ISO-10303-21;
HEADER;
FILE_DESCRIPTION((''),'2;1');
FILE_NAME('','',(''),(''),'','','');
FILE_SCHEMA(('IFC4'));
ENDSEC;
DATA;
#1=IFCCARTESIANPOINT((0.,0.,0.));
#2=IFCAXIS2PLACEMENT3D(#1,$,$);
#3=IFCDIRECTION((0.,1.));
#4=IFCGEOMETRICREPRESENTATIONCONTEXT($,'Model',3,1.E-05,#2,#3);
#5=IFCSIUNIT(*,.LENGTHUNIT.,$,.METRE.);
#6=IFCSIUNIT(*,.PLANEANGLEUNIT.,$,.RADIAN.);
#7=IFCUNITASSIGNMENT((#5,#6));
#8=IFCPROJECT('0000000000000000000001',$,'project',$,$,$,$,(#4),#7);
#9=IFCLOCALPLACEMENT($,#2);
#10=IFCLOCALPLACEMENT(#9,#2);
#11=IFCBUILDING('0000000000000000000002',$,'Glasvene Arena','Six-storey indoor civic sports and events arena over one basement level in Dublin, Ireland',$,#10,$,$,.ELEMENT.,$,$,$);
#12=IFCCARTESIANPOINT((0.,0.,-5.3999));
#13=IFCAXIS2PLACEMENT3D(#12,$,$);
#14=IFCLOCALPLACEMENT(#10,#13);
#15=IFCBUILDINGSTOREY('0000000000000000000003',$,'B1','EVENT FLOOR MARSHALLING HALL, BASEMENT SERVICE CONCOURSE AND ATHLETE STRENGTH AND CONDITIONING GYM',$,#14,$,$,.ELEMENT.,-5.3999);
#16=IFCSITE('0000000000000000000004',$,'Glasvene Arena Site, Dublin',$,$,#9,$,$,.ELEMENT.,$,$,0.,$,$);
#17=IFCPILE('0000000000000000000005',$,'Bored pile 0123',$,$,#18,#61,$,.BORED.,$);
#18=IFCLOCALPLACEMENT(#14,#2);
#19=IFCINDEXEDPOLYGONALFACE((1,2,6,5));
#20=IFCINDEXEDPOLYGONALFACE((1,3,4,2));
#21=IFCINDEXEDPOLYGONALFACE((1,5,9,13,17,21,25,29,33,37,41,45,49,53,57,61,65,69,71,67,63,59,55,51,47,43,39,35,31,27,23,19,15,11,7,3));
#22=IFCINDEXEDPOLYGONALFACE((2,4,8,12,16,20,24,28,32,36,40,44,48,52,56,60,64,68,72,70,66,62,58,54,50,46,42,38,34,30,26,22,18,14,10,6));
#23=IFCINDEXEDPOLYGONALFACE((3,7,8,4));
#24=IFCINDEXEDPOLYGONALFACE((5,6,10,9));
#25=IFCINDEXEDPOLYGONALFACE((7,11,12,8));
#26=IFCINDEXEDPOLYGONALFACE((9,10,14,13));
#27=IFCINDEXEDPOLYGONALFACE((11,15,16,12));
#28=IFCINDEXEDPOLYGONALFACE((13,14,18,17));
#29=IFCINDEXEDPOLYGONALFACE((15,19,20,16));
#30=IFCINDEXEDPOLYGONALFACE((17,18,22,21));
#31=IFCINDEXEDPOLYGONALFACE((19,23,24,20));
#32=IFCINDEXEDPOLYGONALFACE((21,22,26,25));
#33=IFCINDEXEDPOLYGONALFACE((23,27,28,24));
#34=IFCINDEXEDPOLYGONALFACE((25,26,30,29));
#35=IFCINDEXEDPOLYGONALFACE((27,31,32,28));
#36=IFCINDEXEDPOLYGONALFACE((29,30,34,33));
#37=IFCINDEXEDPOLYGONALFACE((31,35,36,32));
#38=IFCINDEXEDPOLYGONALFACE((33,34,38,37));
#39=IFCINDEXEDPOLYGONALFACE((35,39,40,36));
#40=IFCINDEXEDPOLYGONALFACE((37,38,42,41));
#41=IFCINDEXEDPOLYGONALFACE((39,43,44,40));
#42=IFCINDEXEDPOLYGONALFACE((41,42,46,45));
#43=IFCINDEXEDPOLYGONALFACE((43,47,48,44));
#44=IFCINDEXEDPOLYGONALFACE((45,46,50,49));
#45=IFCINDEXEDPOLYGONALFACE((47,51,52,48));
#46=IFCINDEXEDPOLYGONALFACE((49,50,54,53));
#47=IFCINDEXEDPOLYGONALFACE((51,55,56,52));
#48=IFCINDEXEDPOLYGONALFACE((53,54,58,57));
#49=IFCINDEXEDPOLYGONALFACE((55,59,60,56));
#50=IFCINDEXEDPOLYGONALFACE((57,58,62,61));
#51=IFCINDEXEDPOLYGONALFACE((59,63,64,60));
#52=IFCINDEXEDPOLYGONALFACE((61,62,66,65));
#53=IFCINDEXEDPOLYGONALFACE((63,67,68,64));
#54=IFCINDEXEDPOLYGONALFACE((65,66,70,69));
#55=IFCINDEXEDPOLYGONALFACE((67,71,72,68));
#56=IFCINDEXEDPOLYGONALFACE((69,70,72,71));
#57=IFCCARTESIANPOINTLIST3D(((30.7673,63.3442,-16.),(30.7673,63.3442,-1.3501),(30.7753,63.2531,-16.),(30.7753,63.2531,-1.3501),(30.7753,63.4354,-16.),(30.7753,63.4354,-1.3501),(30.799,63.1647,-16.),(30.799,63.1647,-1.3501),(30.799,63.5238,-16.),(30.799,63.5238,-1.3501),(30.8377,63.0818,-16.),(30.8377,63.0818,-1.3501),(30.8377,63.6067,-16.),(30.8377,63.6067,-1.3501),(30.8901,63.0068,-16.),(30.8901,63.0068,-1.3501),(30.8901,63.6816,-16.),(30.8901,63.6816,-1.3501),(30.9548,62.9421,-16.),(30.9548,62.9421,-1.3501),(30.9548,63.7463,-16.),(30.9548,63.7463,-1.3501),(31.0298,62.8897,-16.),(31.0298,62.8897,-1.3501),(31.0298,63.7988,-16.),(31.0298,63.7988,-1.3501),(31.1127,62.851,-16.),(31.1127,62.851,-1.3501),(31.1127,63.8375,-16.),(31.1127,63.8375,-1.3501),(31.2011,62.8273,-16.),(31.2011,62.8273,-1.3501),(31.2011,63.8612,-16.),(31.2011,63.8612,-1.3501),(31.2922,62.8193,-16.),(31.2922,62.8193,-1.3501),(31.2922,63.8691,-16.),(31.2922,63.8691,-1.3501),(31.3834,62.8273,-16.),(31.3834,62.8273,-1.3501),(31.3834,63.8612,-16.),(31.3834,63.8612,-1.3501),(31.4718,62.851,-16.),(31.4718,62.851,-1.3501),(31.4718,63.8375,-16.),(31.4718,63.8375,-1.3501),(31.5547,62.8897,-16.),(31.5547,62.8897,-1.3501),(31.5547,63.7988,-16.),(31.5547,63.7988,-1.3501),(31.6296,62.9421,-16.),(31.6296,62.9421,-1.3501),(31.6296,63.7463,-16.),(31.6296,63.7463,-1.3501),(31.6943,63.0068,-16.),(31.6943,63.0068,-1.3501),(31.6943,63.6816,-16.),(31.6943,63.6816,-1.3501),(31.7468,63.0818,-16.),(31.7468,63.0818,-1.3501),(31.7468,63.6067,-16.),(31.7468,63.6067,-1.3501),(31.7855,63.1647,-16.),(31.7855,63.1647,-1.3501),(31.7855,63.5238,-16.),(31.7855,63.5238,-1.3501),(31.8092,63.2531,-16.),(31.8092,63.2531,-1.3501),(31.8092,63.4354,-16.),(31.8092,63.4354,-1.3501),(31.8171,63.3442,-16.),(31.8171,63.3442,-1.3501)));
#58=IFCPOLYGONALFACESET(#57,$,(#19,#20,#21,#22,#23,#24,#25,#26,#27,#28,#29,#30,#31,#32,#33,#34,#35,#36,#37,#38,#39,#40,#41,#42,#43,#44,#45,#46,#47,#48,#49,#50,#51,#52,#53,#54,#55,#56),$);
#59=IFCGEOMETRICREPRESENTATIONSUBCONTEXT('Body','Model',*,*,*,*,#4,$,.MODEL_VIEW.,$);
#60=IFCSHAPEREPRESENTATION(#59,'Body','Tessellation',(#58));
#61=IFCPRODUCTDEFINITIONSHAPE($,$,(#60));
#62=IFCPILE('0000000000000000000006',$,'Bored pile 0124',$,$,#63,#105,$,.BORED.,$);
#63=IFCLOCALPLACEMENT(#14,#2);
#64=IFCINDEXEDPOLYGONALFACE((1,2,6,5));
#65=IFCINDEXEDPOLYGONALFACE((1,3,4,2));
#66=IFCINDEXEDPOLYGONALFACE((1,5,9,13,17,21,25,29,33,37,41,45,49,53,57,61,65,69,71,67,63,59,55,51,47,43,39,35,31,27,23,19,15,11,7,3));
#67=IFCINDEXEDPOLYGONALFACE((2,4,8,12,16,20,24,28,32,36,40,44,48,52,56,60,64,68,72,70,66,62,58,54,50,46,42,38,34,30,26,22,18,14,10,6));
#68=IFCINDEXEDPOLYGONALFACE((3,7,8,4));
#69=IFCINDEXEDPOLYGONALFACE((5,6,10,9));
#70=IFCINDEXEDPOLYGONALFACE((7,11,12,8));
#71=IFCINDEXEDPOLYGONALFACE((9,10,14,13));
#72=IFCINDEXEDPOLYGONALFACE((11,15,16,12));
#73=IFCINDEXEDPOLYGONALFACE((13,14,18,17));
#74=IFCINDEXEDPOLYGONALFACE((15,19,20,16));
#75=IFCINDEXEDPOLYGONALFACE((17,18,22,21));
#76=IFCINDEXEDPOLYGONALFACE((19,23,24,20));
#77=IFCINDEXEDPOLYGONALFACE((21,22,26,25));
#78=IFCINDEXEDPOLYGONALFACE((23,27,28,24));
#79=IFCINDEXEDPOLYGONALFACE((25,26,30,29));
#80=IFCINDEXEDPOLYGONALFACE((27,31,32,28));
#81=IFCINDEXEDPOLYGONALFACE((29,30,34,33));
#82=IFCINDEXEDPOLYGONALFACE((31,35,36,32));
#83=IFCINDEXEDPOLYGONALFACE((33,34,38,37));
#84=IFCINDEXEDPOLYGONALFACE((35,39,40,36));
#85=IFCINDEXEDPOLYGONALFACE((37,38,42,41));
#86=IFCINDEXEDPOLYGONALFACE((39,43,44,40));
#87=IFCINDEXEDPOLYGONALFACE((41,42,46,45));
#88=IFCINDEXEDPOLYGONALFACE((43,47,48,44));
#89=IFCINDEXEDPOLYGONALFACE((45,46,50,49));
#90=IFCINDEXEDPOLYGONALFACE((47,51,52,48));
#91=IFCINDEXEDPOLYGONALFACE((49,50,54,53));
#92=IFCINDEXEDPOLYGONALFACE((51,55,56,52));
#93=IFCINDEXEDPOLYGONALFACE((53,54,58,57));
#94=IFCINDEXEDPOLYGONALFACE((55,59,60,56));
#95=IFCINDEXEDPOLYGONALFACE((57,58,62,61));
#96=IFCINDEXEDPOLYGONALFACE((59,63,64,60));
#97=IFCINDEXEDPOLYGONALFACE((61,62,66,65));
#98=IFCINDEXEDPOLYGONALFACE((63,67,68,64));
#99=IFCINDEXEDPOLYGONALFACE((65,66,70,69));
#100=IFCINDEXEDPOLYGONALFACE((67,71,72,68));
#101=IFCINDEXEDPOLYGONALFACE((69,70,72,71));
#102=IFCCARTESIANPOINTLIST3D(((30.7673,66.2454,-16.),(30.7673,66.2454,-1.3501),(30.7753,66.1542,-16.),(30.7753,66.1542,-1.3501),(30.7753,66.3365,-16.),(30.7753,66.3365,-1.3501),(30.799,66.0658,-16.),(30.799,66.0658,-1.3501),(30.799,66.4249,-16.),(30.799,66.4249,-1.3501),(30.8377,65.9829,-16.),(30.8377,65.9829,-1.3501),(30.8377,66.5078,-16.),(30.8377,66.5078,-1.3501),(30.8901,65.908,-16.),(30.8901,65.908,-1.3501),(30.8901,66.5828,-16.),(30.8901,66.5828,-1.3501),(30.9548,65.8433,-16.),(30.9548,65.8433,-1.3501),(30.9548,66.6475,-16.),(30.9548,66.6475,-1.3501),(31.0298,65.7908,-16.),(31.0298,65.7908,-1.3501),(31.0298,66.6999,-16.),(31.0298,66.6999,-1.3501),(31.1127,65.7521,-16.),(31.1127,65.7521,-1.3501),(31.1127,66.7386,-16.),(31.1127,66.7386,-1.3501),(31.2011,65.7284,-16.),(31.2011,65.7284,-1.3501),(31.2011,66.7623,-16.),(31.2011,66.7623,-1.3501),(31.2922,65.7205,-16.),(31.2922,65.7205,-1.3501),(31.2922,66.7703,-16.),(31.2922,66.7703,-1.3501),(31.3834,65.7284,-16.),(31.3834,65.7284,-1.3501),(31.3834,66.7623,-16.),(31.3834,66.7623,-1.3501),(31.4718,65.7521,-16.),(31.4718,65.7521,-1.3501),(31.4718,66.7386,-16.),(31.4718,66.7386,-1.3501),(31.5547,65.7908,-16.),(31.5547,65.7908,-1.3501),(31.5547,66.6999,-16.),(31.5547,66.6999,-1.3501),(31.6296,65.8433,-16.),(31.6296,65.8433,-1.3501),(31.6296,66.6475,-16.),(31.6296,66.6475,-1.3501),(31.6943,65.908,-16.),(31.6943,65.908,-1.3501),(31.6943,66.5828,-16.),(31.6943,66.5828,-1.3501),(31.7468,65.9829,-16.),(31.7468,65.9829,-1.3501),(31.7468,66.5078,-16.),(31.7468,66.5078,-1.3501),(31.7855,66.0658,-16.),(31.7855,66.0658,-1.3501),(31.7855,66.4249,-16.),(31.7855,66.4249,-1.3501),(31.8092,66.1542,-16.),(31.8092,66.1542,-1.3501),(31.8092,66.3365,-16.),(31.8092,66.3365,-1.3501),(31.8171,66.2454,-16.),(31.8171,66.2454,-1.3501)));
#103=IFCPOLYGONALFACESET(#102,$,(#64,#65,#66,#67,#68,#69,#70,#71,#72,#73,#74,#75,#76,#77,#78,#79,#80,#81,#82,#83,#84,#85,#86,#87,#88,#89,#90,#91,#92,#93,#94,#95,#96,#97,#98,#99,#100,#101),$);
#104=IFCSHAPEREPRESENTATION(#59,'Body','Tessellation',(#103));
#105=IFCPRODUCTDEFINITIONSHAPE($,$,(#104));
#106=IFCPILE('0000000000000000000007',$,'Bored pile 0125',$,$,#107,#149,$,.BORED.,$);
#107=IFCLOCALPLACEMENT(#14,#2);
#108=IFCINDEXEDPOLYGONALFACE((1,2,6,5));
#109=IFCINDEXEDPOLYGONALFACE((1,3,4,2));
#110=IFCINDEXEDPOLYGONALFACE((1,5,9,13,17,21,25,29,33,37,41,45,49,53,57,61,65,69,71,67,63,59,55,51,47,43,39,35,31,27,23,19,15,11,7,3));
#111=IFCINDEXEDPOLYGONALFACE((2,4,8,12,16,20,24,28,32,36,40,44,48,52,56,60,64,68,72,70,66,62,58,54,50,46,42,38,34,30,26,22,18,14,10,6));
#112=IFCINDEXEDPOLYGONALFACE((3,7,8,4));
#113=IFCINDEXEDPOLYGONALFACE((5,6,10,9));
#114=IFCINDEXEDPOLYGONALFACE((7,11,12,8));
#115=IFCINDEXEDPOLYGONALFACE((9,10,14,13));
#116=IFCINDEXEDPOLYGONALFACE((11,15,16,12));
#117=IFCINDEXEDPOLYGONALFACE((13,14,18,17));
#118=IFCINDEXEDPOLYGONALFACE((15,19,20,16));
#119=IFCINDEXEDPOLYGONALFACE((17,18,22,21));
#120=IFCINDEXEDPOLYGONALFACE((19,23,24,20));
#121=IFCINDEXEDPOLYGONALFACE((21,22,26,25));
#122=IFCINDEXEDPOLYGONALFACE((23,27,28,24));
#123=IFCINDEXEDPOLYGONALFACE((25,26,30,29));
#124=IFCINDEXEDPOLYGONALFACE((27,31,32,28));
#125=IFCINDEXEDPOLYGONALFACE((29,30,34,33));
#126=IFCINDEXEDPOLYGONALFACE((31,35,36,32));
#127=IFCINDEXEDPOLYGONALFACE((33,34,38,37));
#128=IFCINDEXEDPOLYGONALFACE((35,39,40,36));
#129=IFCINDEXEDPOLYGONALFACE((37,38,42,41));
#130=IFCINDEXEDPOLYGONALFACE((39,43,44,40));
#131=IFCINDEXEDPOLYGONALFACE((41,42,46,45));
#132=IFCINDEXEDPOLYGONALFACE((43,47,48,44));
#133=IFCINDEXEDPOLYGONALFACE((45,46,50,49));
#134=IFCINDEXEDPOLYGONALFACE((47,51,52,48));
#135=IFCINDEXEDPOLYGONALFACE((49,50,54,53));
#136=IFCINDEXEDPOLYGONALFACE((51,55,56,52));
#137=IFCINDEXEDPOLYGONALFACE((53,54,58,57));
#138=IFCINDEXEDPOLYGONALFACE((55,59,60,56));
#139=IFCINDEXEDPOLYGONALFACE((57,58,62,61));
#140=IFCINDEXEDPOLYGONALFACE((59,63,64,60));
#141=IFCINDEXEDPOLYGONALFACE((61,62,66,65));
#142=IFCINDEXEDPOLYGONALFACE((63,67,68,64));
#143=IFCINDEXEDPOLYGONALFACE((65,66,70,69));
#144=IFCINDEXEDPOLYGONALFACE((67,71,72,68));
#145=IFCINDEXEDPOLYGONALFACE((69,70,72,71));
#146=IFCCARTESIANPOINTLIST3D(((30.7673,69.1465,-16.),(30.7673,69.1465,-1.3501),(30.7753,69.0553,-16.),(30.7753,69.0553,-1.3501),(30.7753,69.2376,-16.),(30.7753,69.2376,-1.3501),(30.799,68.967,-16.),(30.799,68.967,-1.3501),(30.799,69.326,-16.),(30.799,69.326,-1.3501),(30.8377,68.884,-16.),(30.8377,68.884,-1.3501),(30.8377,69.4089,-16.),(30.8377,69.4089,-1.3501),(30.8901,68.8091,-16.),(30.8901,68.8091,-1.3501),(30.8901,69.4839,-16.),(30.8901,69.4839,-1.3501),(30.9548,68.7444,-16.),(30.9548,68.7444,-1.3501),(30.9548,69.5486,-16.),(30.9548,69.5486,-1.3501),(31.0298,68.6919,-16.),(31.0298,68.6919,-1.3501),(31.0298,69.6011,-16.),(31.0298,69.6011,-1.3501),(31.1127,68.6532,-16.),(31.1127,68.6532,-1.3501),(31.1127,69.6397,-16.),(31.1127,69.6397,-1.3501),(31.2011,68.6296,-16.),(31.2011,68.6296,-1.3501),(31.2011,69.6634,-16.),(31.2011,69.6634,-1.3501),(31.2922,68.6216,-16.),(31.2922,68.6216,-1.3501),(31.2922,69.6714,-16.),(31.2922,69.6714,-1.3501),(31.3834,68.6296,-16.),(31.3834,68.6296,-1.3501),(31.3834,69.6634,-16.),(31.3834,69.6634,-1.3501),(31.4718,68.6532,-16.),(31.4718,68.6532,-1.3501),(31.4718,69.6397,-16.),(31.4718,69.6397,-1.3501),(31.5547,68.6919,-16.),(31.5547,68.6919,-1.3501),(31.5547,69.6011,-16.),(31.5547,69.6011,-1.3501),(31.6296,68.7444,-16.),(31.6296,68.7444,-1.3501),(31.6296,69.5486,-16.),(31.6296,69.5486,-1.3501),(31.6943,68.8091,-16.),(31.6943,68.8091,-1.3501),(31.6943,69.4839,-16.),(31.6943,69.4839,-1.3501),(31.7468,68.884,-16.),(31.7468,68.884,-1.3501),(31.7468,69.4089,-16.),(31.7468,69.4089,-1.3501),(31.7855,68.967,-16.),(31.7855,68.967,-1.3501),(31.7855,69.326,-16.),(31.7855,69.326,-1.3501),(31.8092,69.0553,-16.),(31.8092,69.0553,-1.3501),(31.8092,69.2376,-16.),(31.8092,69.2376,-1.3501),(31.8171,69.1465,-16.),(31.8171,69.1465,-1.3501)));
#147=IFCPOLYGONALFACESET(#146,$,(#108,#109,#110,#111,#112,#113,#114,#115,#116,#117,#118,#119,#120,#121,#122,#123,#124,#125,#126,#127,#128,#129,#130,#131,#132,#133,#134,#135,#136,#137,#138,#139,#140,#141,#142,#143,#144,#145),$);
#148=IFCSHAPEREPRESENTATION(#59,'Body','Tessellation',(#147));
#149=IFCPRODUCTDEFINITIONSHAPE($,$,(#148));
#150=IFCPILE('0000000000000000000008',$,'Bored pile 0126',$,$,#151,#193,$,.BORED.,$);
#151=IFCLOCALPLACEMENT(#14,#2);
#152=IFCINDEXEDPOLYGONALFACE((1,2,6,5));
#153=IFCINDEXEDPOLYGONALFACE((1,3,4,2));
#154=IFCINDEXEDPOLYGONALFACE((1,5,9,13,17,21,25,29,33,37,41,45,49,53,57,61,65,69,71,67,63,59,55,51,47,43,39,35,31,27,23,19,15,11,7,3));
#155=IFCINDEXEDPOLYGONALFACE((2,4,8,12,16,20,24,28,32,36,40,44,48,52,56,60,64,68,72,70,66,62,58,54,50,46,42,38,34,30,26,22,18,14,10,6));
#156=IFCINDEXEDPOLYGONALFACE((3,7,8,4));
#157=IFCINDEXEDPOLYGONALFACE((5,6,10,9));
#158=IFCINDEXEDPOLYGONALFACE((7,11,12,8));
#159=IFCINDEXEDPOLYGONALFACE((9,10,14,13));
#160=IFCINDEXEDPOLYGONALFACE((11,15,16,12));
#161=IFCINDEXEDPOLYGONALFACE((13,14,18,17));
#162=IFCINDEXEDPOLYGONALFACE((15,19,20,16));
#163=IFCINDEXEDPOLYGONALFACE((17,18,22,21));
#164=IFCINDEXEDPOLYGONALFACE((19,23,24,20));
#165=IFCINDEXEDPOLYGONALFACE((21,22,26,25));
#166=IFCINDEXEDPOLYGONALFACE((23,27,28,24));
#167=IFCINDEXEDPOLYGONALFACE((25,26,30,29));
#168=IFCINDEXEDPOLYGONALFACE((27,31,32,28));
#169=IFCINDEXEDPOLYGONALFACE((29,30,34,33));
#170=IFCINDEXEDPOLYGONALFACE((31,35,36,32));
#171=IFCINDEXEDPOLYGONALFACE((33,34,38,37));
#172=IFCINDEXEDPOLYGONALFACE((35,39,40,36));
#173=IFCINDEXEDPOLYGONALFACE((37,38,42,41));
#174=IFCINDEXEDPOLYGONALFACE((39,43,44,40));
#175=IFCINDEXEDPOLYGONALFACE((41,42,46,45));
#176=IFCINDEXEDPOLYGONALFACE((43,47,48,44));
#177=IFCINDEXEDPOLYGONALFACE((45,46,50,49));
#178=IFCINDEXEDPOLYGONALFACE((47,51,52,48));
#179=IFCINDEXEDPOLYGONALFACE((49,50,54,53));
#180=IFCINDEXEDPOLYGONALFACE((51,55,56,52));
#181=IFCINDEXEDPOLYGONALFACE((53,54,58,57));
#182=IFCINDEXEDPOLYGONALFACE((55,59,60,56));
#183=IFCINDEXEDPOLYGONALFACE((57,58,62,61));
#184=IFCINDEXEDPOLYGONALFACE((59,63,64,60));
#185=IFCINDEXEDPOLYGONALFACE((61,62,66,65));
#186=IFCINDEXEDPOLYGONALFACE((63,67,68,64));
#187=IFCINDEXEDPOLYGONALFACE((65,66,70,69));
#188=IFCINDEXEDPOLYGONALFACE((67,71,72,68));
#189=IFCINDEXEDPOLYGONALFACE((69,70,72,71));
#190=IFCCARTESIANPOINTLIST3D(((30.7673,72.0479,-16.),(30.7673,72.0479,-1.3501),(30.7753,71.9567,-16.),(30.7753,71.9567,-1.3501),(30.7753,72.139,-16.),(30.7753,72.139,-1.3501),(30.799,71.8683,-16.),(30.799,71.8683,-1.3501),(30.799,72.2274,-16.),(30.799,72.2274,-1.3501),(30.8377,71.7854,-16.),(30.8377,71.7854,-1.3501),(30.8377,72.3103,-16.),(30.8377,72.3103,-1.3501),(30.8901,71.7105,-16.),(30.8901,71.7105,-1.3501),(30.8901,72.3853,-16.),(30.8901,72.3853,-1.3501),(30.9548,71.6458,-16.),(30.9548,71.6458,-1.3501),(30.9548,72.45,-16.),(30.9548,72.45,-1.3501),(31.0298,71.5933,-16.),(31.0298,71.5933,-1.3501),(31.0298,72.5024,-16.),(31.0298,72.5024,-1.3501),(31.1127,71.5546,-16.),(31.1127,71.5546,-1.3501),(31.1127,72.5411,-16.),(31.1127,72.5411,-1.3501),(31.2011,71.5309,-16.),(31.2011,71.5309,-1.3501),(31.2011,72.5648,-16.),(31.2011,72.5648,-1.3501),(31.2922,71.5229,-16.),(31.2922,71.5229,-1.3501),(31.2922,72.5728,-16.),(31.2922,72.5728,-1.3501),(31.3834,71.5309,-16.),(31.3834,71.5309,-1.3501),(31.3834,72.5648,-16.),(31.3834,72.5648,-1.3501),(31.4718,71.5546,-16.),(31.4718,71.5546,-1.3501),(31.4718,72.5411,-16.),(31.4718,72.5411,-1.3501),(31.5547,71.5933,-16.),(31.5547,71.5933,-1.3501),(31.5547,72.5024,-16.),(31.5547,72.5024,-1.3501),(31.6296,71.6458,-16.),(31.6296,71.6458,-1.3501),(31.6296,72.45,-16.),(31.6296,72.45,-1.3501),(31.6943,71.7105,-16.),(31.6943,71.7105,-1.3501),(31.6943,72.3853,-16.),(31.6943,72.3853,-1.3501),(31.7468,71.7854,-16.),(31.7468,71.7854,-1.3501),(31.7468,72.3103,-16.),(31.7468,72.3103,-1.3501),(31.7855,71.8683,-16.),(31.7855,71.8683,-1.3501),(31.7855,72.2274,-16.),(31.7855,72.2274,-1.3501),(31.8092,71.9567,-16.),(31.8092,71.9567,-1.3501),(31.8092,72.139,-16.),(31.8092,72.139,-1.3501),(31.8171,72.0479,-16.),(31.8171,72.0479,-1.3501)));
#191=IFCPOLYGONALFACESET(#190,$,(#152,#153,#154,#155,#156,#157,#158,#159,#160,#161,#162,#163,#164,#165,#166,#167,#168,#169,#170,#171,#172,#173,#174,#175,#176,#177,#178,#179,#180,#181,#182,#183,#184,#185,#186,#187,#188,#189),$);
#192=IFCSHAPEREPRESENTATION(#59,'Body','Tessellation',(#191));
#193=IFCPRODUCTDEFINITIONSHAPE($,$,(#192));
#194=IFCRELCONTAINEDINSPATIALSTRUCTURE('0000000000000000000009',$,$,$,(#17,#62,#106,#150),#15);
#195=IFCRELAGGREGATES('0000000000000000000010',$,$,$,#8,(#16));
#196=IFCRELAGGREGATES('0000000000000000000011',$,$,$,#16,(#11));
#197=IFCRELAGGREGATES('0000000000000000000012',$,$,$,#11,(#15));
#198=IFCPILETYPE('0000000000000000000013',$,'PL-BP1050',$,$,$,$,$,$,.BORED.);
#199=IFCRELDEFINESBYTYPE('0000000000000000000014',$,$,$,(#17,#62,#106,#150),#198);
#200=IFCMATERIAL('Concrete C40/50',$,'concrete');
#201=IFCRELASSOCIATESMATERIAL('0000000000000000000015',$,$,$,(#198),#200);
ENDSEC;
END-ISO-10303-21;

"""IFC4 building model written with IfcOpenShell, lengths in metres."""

from ifc_helpers import new_model, si_unit, direction, frame, origin, origin_2d, place, context, subcontext, project, spatial, circle, extrude, material, material_profile, profile_set, type_object, element, save


model = new_model("IFC4")

# Units and contexts
model_context = context("Model", 3, precision=1e-05, world=origin(), true_north=direction((0.0, 1.0)))
body_context = subcontext(model_context, "Body", "Model", "MODEL_VIEW")
ifc_project = project(units=[si_unit("LENGTHUNIT", "METRE"), si_unit("PLANEANGLEUNIT", "RADIAN")], contexts=[model_context])

# Site, building, storey
site_placement = place(None, origin())
site = spatial("IfcSite", under=ifc_project, at=site_placement, Name="Glasvene Arena Site, Dublin", CompositionType="ELEMENT", RefElevation=0.0)
building_placement = place(site_placement, origin())
building = spatial("IfcBuilding", under=site, at=building_placement, Name="Glasvene Arena", Description="Six-storey indoor civic sports and events arena over one basement level in Dublin, Ireland", CompositionType="ELEMENT")
storey_placement = place(building_placement, frame((0.0, 0.0, -5.3999)))
storey = spatial("IfcBuildingStorey", under=building, at=storey_placement, Name="B1", Description="EVENT FLOOR MARSHALLING HALL, BASEMENT SERVICE CONCOURSE AND ATHLETE STRENGTH AND CONDITIONING GYM", CompositionType="ELEMENT", Elevation=-5.3999)

# Shared definitions
ifc_material_1 = material(Name="Concrete C40/50", Category="concrete")

# Piles
ifc_material_profile_1 = material_profile(ifc_material_1, circle(Radius=0.5249, at=origin_2d()), Name="BORED PILE 1050")
ifc_profile_set_1 = profile_set([ifc_material_profile_1], Name="Concrete C40/50")
pile_type = type_object("IfcPileType", Name="PL-BP1050", PredefinedType="BORED", material=ifc_profile_set_1)
for number, where, z_axis, x_axis, name in (
    (1, (31.2922, 63.3442, -1.3501), (0.0, 0.0, -1.0), (1.0, 0.0, 0.0), "Bored pile 0123"),
    (2, (31.2922, 66.2454, -1.3501), (0.0, 0.0, -1.0), (1.0, 0.0, 0.0), "Bored pile 0124"),
    (3, (31.2922, 69.1465, -1.3501), (0.0, 0.0, -1.0), (1.0, 0.0, 0.0), "Bored pile 0125"),
    (4, (31.2922, 72.0479, -1.3501), (0.0, 0.0, -1.0), (1.0, 0.0, 0.0), "Bored pile 0126"),
):
    element("IfcPile", number, at=place(storey_placement, frame(where, z_axis=z_axis, x_axis=x_axis)), inside=storey, type_object=pile_type, Name=name, PredefinedType="BORED", context=body_context, shape_type="SweptSolid", body=[
        extrude(circle(Radius=0.5249, at=origin_2d()), origin(), (0.0, 0.0, 1.0), 14.6499),
    ])

save(model, "model.ifc")
